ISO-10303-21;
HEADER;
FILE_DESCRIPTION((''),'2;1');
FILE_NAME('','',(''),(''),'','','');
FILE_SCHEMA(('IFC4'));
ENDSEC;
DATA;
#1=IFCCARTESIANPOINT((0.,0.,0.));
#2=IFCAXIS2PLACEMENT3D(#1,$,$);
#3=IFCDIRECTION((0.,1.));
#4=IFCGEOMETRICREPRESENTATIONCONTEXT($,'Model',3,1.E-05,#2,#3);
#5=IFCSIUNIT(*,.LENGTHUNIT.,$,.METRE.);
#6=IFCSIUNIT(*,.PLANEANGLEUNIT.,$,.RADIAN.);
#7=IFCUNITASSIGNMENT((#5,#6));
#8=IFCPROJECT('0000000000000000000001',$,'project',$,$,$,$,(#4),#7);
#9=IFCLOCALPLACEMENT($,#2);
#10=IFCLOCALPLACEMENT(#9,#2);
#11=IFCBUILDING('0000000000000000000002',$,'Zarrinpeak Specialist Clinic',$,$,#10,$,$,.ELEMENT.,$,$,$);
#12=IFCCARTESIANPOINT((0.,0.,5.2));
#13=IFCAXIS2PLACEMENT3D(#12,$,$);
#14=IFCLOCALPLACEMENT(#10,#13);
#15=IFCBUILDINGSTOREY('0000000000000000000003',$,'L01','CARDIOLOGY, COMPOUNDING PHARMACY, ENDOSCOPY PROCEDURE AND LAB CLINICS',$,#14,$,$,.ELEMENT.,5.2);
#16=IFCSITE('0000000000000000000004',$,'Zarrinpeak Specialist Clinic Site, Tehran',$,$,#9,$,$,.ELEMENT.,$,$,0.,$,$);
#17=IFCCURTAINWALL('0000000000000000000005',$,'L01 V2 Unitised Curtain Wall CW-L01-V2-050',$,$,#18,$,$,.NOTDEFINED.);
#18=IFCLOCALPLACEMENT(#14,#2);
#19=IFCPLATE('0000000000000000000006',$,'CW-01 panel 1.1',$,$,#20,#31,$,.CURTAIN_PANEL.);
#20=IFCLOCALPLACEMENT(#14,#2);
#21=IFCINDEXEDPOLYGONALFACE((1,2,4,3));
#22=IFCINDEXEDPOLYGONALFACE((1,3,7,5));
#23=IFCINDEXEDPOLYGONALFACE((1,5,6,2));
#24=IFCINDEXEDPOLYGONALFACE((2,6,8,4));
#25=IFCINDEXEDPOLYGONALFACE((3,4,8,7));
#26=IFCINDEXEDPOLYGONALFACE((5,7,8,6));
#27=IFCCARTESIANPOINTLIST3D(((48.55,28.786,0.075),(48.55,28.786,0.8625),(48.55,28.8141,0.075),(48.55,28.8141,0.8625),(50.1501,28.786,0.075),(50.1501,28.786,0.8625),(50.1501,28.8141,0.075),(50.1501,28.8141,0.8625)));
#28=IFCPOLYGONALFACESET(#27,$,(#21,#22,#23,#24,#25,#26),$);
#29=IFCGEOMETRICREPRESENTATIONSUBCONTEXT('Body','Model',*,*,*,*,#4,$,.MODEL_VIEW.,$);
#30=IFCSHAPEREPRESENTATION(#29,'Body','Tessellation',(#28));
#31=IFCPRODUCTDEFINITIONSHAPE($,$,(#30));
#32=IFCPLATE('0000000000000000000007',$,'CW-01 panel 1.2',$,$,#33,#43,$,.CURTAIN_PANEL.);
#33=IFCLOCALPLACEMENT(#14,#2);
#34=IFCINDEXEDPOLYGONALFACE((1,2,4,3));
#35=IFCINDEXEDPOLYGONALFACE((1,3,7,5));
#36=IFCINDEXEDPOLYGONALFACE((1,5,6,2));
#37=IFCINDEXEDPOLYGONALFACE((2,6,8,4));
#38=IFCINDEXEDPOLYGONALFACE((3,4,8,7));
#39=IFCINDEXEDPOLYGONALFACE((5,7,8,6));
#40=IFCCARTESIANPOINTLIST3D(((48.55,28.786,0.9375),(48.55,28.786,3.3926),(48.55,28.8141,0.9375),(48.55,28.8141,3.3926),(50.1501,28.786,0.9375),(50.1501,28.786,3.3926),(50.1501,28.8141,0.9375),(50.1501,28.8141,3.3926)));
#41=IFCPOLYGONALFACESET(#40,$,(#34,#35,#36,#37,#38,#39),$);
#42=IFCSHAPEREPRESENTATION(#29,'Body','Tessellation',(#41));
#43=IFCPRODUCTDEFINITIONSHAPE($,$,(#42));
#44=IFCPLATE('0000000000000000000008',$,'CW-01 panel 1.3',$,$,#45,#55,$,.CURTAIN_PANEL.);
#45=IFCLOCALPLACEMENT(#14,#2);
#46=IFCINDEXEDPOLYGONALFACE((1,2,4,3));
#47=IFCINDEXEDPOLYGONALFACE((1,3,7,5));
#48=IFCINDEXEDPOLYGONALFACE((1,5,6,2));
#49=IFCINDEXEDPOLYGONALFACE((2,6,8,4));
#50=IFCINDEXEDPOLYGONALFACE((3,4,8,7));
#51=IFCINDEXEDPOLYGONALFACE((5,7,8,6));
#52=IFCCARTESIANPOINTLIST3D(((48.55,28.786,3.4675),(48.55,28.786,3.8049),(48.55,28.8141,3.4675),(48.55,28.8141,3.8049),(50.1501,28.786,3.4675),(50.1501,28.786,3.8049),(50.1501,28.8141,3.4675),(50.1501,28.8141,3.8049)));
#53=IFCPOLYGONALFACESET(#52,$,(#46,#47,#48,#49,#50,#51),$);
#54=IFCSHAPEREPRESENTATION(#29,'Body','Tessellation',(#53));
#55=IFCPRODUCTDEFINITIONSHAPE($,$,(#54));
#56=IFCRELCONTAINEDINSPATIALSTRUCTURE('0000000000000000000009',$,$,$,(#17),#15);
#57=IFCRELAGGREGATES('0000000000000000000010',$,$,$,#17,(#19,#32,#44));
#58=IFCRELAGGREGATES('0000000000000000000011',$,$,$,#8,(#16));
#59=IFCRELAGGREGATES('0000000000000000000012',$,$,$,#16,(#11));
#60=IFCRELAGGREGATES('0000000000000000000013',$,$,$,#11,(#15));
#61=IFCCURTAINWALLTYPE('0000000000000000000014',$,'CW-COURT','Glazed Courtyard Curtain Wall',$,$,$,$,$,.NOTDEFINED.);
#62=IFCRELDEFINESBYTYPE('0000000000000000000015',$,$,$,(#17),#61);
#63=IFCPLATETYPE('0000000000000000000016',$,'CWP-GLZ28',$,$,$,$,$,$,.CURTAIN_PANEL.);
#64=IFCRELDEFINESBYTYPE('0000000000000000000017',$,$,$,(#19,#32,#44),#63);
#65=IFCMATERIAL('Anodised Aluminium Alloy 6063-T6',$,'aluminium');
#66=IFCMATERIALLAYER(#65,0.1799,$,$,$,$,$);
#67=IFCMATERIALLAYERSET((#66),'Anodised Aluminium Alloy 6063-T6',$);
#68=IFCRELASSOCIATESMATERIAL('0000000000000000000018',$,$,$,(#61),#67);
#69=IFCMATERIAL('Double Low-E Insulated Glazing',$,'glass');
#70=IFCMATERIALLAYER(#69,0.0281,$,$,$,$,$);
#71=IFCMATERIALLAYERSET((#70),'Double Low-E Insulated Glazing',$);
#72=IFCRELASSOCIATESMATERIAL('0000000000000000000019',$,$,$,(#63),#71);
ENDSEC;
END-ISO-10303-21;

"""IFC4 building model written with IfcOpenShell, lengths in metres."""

from ifc_helpers import new_model, si_unit, direction, frame, origin, origin_2d, place, context, subcontext, project, spatial, rectangle, extrude, material, layer, layer_set, type_object, element, aggregate, save


model = new_model("IFC4")

# Units and contexts
model_context = context("Model", 3, precision=1e-05, world=origin(), true_north=direction((0.0, 1.0)))
body_context = subcontext(model_context, "Body", "Model", "MODEL_VIEW")
ifc_project = project(units=[si_unit("LENGTHUNIT", "METRE"), si_unit("PLANEANGLEUNIT", "RADIAN")], contexts=[model_context])

# Site, building, storey
site_placement = place(None, origin())
site = spatial("IfcSite", under=ifc_project, at=site_placement, Name="Zarrinpeak Specialist Clinic Site, Tehran", CompositionType="ELEMENT", RefElevation=0.0)
building_placement = place(site_placement, origin())
building = spatial("IfcBuilding", under=site, at=building_placement, Name="Zarrinpeak Specialist Clinic", CompositionType="ELEMENT")
storey_placement = place(building_placement, frame((0.0, 0.0, 5.2)))
storey = spatial("IfcBuildingStorey", under=building, at=storey_placement, Name="L01", Description="CARDIOLOGY, COMPOUNDING PHARMACY, ENDOSCOPY PROCEDURE AND LAB CLINICS", CompositionType="ELEMENT", Elevation=5.2)

# Curtain wall, plates
ifc_material_1 = material(Name="Anodised Aluminium Alloy 6063-T6", Category="aluminium")
ifc_layer_1 = layer(ifc_material_1, 0.1799)
ifc_layer_set_1 = layer_set([ifc_layer_1], Name="Anodised Aluminium Alloy 6063-T6")
curtain_wall_type = type_object("IfcCurtainWallType", Name="CW-COURT", Description="Glazed Courtyard Curtain Wall", PredefinedType="NOTDEFINED", material=ifc_layer_set_1)
curtain_wall_placement = place(storey_placement, origin())
curtain_wall = element("IfcCurtainWall", 1, at=curtain_wall_placement, inside=storey, type_object=curtain_wall_type, Name="L01 V2 Unitised Curtain Wall CW-L01-V2-050", PredefinedType="NOTDEFINED")
ifc_material_2 = material(Name="Double Low-E Insulated Glazing", Category="glass")
ifc_layer_2 = layer(ifc_material_2, 0.0281)
ifc_layer_set_2 = layer_set([ifc_layer_2], Name="Double Low-E Insulated Glazing")
plate_type = type_object("IfcPlateType", Name="CWP-GLZ28", PredefinedType="CURTAIN_PANEL", material=ifc_layer_set_2)
plate_1_placement = place(storey_placement, frame((49.3501, 28.8, 0.075), z_axis=(0.0, 0.0, 1.0), x_axis=(-1.0, 0.0, 0.0)))
plate_1 = element("IfcPlate", 2, at=plate_1_placement, type_object=plate_type, Name="CW-01 panel 1.1", PredefinedType="CURTAIN_PANEL", context=body_context, shape_type="SweptSolid", body=[
    extrude(rectangle(XDim=1.6001, YDim=0.0281, at=origin_2d()), origin(), (0.0, 0.0, 1.0), 0.7876),
])
plate_2_placement = place(storey_placement, frame((49.3501, 28.8, 0.9375), z_axis=(0.0, 0.0, 1.0), x_axis=(-1.0, 0.0, 0.0)))
plate_2 = element("IfcPlate", 3, at=plate_2_placement, type_object=plate_type, Name="CW-01 panel 1.2", PredefinedType="CURTAIN_PANEL", context=body_context, shape_type="SweptSolid", body=[
    extrude(rectangle(XDim=1.6001, YDim=0.0281, at=origin_2d()), origin(), (0.0, 0.0, 1.0), 2.4551),
])
plate_3_placement = place(storey_placement, frame((49.3501, 28.8, 3.4675), z_axis=(0.0, 0.0, 1.0), x_axis=(-1.0, 0.0, 0.0)))
plate_3 = element("IfcPlate", 4, at=plate_3_placement, type_object=plate_type, Name="CW-01 panel 1.3", PredefinedType="CURTAIN_PANEL", context=body_context, shape_type="SweptSolid", body=[
    extrude(rectangle(XDim=1.6001, YDim=0.0281, at=origin_2d()), origin(), (0.0, 0.0, 1.0), 0.3374),
])
aggregate(curtain_wall, [plate_1, plate_2, plate_3])

save(model, "model.ifc")
